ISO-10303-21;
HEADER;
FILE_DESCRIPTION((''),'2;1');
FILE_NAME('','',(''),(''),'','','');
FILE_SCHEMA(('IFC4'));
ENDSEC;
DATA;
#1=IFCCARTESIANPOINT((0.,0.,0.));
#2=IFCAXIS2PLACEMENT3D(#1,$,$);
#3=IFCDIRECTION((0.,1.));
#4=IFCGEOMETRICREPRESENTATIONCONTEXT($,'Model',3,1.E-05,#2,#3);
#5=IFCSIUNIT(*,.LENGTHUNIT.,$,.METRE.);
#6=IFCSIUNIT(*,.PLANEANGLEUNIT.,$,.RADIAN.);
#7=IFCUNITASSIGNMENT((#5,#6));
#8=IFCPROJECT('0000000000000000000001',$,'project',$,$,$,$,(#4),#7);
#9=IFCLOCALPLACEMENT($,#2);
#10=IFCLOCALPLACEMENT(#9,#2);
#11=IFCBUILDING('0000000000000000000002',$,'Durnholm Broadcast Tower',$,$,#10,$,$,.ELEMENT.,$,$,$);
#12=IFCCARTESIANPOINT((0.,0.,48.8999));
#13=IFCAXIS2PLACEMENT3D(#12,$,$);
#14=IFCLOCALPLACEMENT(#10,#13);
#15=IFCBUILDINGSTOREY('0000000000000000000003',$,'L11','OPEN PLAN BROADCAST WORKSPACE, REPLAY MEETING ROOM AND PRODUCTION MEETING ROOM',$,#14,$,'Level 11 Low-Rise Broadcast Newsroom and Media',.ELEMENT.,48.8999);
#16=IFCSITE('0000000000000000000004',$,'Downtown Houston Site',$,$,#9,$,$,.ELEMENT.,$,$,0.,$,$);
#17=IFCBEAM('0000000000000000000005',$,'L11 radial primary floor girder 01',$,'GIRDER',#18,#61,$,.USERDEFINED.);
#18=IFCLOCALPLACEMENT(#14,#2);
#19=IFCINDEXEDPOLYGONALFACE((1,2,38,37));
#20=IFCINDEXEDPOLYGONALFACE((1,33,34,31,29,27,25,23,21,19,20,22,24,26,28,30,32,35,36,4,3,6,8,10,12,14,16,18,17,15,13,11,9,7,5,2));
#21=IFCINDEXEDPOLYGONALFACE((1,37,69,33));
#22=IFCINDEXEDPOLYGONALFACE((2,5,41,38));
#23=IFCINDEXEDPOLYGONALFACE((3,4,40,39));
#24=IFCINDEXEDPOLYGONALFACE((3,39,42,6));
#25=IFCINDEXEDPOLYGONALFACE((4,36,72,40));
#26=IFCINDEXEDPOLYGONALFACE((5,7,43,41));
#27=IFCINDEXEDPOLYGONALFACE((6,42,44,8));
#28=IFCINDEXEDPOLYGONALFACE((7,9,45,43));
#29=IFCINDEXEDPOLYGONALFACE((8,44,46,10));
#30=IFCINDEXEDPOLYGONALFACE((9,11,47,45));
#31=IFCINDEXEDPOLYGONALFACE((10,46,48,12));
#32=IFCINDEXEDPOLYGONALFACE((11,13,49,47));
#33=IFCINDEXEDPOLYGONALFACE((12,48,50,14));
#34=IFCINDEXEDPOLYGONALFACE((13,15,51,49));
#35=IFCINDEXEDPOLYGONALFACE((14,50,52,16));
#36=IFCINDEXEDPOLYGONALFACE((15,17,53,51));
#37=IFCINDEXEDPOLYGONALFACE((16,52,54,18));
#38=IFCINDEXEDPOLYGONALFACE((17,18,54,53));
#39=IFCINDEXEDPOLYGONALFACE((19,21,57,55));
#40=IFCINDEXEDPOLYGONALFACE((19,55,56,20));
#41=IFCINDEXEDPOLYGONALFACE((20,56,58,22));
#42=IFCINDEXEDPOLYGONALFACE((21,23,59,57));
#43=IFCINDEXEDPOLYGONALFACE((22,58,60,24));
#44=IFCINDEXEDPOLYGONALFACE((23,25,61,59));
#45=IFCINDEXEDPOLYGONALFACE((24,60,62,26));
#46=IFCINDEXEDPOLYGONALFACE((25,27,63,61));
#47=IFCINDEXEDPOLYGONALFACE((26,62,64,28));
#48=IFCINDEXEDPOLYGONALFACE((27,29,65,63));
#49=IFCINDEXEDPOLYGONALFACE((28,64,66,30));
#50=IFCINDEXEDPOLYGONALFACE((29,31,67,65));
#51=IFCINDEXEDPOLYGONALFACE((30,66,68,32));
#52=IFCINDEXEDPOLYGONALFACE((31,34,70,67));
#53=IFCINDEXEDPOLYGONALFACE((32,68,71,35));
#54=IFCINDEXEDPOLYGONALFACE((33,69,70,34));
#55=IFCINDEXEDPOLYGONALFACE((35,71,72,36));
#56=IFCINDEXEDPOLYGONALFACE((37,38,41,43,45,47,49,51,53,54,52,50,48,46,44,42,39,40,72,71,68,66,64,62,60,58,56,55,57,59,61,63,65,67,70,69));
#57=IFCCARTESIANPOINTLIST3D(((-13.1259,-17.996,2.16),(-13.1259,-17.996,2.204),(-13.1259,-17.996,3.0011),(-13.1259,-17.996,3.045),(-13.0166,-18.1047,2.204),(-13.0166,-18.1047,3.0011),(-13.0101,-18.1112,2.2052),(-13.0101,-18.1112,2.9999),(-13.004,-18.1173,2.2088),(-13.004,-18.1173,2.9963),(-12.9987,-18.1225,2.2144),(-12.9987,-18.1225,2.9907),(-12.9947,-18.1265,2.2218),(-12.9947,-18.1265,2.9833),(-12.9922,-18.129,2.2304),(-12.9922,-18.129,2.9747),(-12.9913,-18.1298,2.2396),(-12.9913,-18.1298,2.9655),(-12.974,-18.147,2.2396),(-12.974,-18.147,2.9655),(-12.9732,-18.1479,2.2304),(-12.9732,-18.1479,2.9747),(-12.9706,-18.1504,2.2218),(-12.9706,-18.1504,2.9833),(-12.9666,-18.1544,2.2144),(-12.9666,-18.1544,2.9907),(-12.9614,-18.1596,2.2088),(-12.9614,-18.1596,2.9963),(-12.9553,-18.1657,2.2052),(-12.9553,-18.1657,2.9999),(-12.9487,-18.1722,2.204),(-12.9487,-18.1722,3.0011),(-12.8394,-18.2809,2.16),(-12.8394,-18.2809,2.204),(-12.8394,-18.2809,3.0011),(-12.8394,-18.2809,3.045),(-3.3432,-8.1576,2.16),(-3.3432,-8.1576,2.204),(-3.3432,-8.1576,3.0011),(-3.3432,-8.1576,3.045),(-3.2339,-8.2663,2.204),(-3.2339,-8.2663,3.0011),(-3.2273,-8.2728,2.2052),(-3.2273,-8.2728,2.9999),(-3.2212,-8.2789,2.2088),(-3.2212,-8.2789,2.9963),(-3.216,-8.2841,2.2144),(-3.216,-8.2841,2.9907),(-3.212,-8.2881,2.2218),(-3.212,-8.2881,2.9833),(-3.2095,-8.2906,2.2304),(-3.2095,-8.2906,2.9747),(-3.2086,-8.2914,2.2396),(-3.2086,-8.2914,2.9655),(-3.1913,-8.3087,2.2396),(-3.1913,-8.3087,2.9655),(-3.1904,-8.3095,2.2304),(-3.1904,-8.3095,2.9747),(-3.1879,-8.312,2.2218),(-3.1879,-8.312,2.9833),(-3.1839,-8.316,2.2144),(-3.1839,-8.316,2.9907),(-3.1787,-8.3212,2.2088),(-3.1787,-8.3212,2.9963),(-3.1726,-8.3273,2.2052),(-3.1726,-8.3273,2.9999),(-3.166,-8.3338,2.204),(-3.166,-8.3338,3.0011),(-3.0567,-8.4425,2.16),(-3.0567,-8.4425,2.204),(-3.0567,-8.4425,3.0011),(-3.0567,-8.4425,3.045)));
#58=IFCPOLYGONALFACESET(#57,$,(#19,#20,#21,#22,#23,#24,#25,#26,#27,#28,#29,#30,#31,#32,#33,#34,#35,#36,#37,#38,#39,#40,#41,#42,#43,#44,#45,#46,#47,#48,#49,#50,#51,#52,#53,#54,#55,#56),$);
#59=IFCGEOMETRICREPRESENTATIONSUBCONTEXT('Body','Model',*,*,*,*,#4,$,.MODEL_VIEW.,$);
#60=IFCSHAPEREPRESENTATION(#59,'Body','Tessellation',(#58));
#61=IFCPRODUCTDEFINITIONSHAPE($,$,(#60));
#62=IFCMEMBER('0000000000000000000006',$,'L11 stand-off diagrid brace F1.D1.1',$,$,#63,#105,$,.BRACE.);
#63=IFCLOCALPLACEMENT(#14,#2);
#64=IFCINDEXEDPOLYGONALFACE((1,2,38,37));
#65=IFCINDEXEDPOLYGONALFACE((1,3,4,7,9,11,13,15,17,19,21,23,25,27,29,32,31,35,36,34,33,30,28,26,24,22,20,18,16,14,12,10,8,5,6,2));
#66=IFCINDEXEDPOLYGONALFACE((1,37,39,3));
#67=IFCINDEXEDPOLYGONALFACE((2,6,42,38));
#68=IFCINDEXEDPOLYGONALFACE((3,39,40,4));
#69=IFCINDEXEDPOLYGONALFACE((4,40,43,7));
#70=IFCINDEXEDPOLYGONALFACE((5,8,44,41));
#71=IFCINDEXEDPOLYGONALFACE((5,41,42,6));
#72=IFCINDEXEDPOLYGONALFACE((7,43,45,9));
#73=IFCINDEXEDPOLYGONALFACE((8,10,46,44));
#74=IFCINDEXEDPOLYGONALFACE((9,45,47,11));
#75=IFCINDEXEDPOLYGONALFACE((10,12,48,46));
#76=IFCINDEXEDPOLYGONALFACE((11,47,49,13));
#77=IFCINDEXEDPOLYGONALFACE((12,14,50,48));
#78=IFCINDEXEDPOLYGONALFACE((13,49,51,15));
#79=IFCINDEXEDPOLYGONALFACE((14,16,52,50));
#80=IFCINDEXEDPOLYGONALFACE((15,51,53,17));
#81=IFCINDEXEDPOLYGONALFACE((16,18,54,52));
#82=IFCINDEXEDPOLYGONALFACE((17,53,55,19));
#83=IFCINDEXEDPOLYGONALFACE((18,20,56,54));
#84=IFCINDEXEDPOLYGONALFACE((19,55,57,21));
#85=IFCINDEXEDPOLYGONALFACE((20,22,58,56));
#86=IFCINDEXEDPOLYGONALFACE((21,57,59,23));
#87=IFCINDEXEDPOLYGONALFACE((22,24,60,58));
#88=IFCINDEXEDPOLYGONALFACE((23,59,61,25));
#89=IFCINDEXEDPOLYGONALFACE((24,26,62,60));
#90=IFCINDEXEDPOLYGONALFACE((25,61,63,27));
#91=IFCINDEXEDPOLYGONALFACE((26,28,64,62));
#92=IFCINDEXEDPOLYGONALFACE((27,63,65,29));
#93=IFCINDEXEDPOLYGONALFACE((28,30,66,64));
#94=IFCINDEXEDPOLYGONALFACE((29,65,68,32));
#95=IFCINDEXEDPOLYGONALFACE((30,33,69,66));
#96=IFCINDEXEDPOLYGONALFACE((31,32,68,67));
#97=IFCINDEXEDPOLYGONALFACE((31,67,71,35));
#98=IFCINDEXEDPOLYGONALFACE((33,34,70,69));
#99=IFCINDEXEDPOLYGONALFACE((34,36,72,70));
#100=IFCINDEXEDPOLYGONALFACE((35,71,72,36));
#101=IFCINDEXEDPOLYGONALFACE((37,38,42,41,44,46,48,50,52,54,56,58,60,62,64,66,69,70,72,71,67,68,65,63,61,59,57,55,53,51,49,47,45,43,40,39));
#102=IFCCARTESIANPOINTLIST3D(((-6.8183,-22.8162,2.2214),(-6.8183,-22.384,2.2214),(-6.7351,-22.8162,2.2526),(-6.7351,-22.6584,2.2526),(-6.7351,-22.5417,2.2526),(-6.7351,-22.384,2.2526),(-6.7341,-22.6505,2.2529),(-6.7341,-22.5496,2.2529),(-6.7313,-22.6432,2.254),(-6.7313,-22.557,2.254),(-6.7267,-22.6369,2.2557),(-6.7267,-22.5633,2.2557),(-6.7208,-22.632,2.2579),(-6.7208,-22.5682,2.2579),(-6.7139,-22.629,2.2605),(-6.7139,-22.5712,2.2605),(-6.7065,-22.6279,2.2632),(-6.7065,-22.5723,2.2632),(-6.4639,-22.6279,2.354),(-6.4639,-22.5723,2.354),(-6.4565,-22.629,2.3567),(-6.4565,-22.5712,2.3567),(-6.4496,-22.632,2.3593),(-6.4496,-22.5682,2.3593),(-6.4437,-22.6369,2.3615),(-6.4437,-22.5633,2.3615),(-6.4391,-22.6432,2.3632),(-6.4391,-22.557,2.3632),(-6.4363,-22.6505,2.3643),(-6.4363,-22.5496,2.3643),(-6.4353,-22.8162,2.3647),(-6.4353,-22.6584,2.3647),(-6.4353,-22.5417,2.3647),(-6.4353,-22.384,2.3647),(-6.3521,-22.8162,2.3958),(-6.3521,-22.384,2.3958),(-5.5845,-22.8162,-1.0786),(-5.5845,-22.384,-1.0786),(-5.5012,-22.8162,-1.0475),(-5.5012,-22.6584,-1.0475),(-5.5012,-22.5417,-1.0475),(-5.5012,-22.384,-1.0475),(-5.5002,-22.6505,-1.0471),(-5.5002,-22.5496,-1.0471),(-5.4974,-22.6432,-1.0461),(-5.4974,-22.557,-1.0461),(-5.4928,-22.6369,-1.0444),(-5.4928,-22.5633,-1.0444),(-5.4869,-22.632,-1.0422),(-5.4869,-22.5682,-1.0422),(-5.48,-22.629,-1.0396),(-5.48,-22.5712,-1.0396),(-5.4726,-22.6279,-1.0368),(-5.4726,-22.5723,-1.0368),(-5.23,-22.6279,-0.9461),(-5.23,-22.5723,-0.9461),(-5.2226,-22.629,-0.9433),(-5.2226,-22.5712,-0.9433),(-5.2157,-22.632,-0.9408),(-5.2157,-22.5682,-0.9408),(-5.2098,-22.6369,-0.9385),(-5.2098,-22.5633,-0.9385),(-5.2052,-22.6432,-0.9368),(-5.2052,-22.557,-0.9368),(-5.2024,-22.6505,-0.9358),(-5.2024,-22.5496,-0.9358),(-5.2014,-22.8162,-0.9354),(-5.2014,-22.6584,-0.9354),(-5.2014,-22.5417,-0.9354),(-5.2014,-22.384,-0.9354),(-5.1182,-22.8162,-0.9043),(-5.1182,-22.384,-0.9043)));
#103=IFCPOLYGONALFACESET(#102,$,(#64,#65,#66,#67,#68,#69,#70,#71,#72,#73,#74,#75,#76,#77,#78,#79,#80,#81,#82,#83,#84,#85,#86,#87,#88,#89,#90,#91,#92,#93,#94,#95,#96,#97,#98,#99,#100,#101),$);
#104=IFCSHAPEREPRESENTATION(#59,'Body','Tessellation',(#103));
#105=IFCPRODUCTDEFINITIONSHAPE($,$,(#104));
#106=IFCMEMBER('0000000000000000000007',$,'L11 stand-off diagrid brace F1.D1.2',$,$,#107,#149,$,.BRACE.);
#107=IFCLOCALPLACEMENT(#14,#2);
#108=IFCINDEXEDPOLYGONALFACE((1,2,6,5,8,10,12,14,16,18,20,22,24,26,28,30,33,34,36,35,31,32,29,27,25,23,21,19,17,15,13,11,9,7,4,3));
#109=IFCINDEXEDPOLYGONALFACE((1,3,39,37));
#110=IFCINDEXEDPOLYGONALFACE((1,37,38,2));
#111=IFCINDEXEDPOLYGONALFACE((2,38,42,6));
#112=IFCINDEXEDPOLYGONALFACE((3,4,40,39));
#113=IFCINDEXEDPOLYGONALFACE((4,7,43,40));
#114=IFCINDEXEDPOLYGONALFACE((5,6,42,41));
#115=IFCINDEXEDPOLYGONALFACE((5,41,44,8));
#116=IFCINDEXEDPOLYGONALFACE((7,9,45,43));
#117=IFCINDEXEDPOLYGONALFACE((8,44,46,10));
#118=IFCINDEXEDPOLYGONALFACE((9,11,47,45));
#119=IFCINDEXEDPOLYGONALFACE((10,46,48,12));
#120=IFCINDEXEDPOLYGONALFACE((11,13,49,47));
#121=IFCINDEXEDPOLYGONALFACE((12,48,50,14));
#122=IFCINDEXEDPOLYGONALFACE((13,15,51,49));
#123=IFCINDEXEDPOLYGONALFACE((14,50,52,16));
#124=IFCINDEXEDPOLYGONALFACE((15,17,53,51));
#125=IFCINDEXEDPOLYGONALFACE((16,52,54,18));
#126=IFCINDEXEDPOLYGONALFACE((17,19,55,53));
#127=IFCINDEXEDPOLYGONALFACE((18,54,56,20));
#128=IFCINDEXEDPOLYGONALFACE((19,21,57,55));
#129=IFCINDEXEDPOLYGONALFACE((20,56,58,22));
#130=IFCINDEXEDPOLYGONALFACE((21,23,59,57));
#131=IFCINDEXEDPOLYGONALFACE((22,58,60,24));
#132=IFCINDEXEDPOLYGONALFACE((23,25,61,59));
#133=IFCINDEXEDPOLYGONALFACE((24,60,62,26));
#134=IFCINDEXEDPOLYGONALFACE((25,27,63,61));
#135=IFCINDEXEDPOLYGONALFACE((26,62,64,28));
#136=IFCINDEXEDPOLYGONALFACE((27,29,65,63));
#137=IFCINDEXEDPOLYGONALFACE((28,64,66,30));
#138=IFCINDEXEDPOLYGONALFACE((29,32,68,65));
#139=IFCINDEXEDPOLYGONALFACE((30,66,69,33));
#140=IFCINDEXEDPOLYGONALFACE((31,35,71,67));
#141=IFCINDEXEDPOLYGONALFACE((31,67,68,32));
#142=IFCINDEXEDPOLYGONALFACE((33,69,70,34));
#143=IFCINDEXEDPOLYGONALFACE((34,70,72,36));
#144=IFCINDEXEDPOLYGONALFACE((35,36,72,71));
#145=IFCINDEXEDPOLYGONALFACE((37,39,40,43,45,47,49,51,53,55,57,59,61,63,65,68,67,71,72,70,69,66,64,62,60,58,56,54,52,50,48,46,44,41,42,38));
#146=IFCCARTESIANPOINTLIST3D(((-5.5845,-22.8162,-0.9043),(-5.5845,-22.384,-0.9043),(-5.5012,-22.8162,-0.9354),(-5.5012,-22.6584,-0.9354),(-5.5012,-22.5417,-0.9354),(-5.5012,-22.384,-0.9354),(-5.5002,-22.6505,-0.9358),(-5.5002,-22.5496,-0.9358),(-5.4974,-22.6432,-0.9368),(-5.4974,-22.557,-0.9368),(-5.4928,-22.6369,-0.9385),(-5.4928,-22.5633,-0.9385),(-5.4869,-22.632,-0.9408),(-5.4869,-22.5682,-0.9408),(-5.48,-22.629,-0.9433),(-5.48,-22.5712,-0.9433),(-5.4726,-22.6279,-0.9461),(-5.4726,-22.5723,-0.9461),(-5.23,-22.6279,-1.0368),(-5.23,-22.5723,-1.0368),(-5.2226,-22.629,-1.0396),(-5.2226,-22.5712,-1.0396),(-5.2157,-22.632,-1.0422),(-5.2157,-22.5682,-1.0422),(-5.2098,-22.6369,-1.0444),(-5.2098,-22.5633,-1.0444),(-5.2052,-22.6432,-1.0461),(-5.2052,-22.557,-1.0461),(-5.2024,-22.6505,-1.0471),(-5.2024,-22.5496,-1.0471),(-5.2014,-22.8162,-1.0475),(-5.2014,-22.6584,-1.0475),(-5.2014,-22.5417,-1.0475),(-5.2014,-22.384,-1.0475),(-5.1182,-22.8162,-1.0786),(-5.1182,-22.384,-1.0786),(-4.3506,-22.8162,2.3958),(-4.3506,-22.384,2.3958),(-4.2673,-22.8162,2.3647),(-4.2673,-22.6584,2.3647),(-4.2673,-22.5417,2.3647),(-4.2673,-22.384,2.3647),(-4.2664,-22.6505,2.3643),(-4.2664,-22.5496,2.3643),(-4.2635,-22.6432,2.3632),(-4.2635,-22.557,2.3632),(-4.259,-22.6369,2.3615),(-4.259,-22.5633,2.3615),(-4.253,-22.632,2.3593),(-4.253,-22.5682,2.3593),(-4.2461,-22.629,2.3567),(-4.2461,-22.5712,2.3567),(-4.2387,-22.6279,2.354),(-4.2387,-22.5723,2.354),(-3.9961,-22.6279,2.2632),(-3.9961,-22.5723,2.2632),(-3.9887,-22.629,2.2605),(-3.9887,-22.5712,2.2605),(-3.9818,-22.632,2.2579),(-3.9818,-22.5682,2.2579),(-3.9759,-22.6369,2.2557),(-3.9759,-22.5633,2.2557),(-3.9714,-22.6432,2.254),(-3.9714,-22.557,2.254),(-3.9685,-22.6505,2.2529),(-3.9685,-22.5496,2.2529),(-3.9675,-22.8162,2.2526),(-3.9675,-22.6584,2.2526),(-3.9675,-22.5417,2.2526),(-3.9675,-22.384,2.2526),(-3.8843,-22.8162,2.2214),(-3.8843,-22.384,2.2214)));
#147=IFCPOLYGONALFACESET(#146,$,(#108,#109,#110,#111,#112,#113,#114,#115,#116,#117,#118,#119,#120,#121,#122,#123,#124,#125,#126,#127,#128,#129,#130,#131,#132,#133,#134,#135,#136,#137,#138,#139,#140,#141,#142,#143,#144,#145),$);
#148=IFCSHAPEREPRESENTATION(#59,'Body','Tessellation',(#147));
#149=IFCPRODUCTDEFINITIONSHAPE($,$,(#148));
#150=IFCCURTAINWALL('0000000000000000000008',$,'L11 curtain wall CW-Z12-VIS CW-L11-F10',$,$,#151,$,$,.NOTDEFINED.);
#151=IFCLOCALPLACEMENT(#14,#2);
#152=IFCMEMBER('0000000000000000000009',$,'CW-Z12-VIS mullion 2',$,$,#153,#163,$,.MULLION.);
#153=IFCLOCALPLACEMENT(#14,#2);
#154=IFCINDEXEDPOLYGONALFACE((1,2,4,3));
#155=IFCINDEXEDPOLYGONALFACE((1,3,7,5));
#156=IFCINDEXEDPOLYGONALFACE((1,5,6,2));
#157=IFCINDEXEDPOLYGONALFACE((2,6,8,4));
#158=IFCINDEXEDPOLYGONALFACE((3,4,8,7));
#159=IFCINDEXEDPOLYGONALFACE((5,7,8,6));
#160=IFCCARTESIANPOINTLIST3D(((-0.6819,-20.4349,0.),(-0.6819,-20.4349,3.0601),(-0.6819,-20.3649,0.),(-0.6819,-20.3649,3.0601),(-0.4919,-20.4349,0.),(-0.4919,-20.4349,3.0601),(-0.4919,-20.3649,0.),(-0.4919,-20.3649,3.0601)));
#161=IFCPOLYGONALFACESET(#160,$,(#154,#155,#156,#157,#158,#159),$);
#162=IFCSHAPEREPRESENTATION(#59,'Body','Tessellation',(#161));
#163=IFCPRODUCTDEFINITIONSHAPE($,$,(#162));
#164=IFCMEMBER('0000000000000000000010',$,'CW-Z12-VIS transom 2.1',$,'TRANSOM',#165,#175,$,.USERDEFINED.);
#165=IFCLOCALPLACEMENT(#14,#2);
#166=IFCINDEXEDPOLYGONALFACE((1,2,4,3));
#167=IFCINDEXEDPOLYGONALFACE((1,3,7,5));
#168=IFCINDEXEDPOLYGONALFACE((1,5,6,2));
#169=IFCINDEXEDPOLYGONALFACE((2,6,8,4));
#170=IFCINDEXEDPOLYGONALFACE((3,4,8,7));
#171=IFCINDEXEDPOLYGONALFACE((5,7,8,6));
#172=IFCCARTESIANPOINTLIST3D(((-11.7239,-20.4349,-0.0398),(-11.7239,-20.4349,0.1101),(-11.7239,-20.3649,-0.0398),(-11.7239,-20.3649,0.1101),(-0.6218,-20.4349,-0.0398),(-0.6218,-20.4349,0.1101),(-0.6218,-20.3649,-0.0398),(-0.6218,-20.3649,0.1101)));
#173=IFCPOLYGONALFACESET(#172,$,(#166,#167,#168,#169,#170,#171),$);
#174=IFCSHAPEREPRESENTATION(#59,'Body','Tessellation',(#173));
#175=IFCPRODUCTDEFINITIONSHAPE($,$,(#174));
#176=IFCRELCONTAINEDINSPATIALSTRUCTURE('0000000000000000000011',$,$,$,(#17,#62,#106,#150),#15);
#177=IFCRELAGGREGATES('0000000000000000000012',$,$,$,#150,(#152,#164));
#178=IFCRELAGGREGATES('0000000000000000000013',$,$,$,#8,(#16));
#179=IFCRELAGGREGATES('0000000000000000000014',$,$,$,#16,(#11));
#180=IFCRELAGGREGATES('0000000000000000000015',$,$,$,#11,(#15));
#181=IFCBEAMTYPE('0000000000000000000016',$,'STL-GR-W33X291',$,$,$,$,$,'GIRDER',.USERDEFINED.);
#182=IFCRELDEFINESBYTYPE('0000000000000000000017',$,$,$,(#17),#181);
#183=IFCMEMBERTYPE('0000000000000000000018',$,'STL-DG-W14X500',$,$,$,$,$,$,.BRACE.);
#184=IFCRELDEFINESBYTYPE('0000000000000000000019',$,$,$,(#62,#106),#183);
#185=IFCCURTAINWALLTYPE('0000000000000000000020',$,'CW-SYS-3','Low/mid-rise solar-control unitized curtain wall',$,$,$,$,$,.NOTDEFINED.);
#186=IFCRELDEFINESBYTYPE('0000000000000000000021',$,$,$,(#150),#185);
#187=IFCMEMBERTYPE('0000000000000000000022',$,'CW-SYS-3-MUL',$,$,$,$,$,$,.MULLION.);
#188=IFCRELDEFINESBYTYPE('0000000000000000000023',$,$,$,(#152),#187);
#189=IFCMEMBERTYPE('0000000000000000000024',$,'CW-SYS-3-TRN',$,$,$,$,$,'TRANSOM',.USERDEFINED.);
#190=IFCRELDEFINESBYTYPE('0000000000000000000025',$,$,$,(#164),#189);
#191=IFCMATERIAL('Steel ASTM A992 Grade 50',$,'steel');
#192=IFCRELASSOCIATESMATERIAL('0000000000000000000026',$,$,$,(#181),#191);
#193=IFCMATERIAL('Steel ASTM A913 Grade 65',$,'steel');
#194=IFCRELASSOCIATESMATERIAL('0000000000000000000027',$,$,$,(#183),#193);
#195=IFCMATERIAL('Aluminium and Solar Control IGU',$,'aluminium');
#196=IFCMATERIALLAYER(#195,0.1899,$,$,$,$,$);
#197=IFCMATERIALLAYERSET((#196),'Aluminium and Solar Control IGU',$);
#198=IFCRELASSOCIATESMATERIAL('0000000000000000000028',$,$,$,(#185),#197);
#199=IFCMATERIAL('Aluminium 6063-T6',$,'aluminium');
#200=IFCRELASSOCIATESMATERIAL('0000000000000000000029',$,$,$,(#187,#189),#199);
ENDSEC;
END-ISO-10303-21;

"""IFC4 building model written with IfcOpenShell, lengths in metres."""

from ifc_helpers import new_model, si_unit, direction, frame, origin, origin_2d, place, context, subcontext, project, spatial, rectangle, i_section, extrude, source, transform, mapped, material, layer, layer_set, material_profile, profile_set, type_object, type_shapes, element, aggregate, save


model = new_model("IFC4")

# Units and contexts
model_context = context("Model", 3, precision=1e-05, world=origin(), true_north=direction((0.0, 1.0)))
body_context = subcontext(model_context, "Body", "Model", "MODEL_VIEW")
ifc_project = project(units=[si_unit("LENGTHUNIT", "METRE"), si_unit("PLANEANGLEUNIT", "RADIAN")], contexts=[model_context])

# Site, building, storey
site_placement = place(None, origin())
site = spatial("IfcSite", under=ifc_project, at=site_placement, Name="Downtown Houston Site", CompositionType="ELEMENT", RefElevation=0.0)
building_placement = place(site_placement, origin())
building = spatial("IfcBuilding", under=site, at=building_placement, Name="Durnholm Broadcast Tower", CompositionType="ELEMENT")
storey_placement = place(building_placement, frame((0.0, 0.0, 48.8999)))
storey = spatial("IfcBuildingStorey", under=building, at=storey_placement, Name="L11", Description="OPEN PLAN BROADCAST WORKSPACE, REPLAY MEETING ROOM AND PRODUCTION MEETING ROOM", LongName="Level 11 Low-Rise Broadcast Newsroom and Media", CompositionType="ELEMENT", Elevation=48.8999)

# Beam
ifc_material_1 = material(Name="Steel ASTM A992 Grade 50", Category="steel")
ifc_material_profile_1 = material_profile(ifc_material_1, i_section(OverallWidth=0.4041, OverallDepth=0.885, WebThickness=0.0244, FlangeThickness=0.0439, FilletRadius=0.0356, at=origin_2d()), Name="W33X291")
ifc_profile_set_1 = profile_set([ifc_material_profile_1], Name="Steel ASTM A992 Grade 50")
beam_type = type_object("IfcBeamType", Name="STL-GR-W33X291", ElementType="GIRDER", PredefinedType="USERDEFINED", material=ifc_profile_set_1)
shared_shape_1 = source(origin(), body_context, "Body", "SweptSolid", [
    extrude(i_section(OverallWidth=0.4041, OverallDepth=0.885, WebThickness=0.0244, FlangeThickness=0.0439, FilletRadius=0.0356, at=origin_2d()), origin(), (0.0, 0.0, 1.0), 13.8743),
])
type_shapes(beam_type, [shared_shape_1])
beam_placement = place(storey_placement, frame((-3.2, -8.3, 2.6025), z_axis=(-0.705098, -0.70911, 0.0), x_axis=(0.70911, -0.705098, 0.0)))
element("IfcBeam", 1, at=beam_placement, inside=storey, type_object=beam_type, Name="L11 radial primary floor girder 01", ObjectType="GIRDER", PredefinedType="USERDEFINED", context=body_context, shape_type="MappedRepresentation", body=[
    mapped(shared_shape_1, transform((0.0, 0.0, 0.0), x_axis=(1.0, 0.0, 0.0), y_axis=(0.0, 1.0, 0.0), z_axis=(0.0, 0.0, 1.0), scale=1.0)),
])

# Members
ifc_material_2 = material(Name="Steel ASTM A913 Grade 65", Category="steel")
ifc_material_profile_2 = material_profile(ifc_material_2, i_section(OverallWidth=0.4321, OverallDepth=0.4978, WebThickness=0.0557, FlangeThickness=0.0889, FilletRadius=0.0305, at=origin_2d()), Name="W14X500")
ifc_profile_set_2 = profile_set([ifc_material_profile_2], Name="Steel ASTM A913 Grade 65")
member_type_1 = type_object("IfcMemberType", Name="STL-DG-W14X500", PredefinedType="BRACE", material=ifc_profile_set_2)
shared_shape_2 = source(origin(), body_context, "Body", "SweptSolid", [
    extrude(i_section(OverallWidth=0.4321, OverallDepth=0.4978, WebThickness=0.0557, FlangeThickness=0.0889, FilletRadius=0.0305, at=origin_2d()), origin(), (0.0, 0.0, 1.0), 3.5232),
])
type_shapes(member_type_1, [shared_shape_2])
for number, where, z_axis, x_axis, name in (
    (2, (-5.3513, -22.6001, -0.9915), (-0.35022, 0.0, 0.936668), (0.0, -1.0, 0.0), "L11 stand-off diagrid brace F1.D1.1"),
    (3, (-5.3513, -22.6001, -0.9915), (0.35022, 0.0, 0.936668), (0.0, 1.0, 0.0), "L11 stand-off diagrid brace F1.D1.2"),
):
    element("IfcMember", number, at=place(storey_placement, frame(where, z_axis=z_axis, x_axis=x_axis)), inside=storey, type_object=member_type_1, Name=name, PredefinedType="BRACE", context=body_context, shape_type="MappedRepresentation", body=[
        mapped(shared_shape_2, transform((0.0, 0.0, 0.0), x_axis=(1.0, 0.0, 0.0), y_axis=(0.0, 1.0, 0.0), z_axis=(0.0, 0.0, 1.0), scale=1.0)),
    ])

# Curtain wall, members
ifc_material_3 = material(Name="Aluminium and Solar Control IGU", Category="aluminium")
ifc_layer_1 = layer(ifc_material_3, 0.1899)
ifc_layer_set_1 = layer_set([ifc_layer_1], Name="Aluminium and Solar Control IGU")
curtain_wall_type = type_object("IfcCurtainWallType", Name="CW-SYS-3", Description="Low/mid-rise solar-control unitized curtain wall", PredefinedType="NOTDEFINED", material=ifc_layer_set_1)
curtain_wall_placement = place(storey_placement, origin())
curtain_wall = element("IfcCurtainWall", 4, at=curtain_wall_placement, inside=storey, type_object=curtain_wall_type, Name="L11 curtain wall CW-Z12-VIS CW-L11-F10", PredefinedType="NOTDEFINED")
ifc_material_4 = material(Name="Aluminium 6063-T6", Category="aluminium")
ifc_material_profile_3 = material_profile(ifc_material_4, rectangle(XDim=0.0701, YDim=0.1899, at=origin_2d()), Name="CWM70X190")
ifc_profile_set_3 = profile_set([ifc_material_profile_3], Name="Aluminium 6063-T6")
member_type_2 = type_object("IfcMemberType", Name="CW-SYS-3-MUL", PredefinedType="MULLION", material=ifc_profile_set_3)
shared_shape_3 = source(origin(), body_context, "Body", "SweptSolid", [
    extrude(rectangle(XDim=0.0701, YDim=0.1899, at=origin_2d()), origin(), (0.0, 0.0, 1.0), 3.0601),
])
type_shapes(member_type_2, [shared_shape_3])
member_1_placement = place(storey_placement, frame((-0.5869, -20.3999, 0.0), z_axis=(0.0, 0.0, 1.0), x_axis=(0.0, -1.0, 0.0)))
member_1 = element("IfcMember", 5, at=member_1_placement, type_object=member_type_2, Name="CW-Z12-VIS mullion 2", PredefinedType="MULLION", context=body_context, shape_type="MappedRepresentation", body=[
    mapped(shared_shape_3, transform((0.0, 0.0, 0.0), x_axis=(1.0, 0.0, 0.0), y_axis=(0.0, 1.0, 0.0), z_axis=(0.0, 0.0, 1.0), scale=1.0)),
])
ifc_material_profile_4 = material_profile(ifc_material_4, rectangle(XDim=0.0701, YDim=0.1499, at=origin_2d()), Name="CWT70X150")
ifc_profile_set_4 = profile_set([ifc_material_profile_4], Name="Aluminium 6063-T6")
member_type_3 = type_object("IfcMemberType", Name="CW-SYS-3-TRN", ElementType="TRANSOM", PredefinedType="USERDEFINED", material=ifc_profile_set_4)
shared_shape_4 = source(origin(), body_context, "Body", "SweptSolid", [
    extrude(rectangle(XDim=0.0701, YDim=0.1499, at=origin_2d()), origin(), (0.0, 0.0, 1.0), 11.1021),
])
type_shapes(member_type_3, [shared_shape_4])
member_2_placement = place(storey_placement, frame((-0.6218, -20.3999, 0.0352), z_axis=(-1.0, 0.0, 0.0), x_axis=(0.0, -1.0, 0.0)))
member_2 = element("IfcMember", 6, at=member_2_placement, type_object=member_type_3, Name="CW-Z12-VIS transom 2.1", ObjectType="TRANSOM", PredefinedType="USERDEFINED", context=body_context, shape_type="MappedRepresentation", body=[
    mapped(shared_shape_4, transform((0.0, 0.0, 0.0), x_axis=(1.0, 0.0, 0.0), y_axis=(0.0, 1.0, 0.0), z_axis=(0.0, 0.0, 1.0), scale=1.0)),
])
aggregate(curtain_wall, [member_1, member_2])

save(model, "model.ifc")
